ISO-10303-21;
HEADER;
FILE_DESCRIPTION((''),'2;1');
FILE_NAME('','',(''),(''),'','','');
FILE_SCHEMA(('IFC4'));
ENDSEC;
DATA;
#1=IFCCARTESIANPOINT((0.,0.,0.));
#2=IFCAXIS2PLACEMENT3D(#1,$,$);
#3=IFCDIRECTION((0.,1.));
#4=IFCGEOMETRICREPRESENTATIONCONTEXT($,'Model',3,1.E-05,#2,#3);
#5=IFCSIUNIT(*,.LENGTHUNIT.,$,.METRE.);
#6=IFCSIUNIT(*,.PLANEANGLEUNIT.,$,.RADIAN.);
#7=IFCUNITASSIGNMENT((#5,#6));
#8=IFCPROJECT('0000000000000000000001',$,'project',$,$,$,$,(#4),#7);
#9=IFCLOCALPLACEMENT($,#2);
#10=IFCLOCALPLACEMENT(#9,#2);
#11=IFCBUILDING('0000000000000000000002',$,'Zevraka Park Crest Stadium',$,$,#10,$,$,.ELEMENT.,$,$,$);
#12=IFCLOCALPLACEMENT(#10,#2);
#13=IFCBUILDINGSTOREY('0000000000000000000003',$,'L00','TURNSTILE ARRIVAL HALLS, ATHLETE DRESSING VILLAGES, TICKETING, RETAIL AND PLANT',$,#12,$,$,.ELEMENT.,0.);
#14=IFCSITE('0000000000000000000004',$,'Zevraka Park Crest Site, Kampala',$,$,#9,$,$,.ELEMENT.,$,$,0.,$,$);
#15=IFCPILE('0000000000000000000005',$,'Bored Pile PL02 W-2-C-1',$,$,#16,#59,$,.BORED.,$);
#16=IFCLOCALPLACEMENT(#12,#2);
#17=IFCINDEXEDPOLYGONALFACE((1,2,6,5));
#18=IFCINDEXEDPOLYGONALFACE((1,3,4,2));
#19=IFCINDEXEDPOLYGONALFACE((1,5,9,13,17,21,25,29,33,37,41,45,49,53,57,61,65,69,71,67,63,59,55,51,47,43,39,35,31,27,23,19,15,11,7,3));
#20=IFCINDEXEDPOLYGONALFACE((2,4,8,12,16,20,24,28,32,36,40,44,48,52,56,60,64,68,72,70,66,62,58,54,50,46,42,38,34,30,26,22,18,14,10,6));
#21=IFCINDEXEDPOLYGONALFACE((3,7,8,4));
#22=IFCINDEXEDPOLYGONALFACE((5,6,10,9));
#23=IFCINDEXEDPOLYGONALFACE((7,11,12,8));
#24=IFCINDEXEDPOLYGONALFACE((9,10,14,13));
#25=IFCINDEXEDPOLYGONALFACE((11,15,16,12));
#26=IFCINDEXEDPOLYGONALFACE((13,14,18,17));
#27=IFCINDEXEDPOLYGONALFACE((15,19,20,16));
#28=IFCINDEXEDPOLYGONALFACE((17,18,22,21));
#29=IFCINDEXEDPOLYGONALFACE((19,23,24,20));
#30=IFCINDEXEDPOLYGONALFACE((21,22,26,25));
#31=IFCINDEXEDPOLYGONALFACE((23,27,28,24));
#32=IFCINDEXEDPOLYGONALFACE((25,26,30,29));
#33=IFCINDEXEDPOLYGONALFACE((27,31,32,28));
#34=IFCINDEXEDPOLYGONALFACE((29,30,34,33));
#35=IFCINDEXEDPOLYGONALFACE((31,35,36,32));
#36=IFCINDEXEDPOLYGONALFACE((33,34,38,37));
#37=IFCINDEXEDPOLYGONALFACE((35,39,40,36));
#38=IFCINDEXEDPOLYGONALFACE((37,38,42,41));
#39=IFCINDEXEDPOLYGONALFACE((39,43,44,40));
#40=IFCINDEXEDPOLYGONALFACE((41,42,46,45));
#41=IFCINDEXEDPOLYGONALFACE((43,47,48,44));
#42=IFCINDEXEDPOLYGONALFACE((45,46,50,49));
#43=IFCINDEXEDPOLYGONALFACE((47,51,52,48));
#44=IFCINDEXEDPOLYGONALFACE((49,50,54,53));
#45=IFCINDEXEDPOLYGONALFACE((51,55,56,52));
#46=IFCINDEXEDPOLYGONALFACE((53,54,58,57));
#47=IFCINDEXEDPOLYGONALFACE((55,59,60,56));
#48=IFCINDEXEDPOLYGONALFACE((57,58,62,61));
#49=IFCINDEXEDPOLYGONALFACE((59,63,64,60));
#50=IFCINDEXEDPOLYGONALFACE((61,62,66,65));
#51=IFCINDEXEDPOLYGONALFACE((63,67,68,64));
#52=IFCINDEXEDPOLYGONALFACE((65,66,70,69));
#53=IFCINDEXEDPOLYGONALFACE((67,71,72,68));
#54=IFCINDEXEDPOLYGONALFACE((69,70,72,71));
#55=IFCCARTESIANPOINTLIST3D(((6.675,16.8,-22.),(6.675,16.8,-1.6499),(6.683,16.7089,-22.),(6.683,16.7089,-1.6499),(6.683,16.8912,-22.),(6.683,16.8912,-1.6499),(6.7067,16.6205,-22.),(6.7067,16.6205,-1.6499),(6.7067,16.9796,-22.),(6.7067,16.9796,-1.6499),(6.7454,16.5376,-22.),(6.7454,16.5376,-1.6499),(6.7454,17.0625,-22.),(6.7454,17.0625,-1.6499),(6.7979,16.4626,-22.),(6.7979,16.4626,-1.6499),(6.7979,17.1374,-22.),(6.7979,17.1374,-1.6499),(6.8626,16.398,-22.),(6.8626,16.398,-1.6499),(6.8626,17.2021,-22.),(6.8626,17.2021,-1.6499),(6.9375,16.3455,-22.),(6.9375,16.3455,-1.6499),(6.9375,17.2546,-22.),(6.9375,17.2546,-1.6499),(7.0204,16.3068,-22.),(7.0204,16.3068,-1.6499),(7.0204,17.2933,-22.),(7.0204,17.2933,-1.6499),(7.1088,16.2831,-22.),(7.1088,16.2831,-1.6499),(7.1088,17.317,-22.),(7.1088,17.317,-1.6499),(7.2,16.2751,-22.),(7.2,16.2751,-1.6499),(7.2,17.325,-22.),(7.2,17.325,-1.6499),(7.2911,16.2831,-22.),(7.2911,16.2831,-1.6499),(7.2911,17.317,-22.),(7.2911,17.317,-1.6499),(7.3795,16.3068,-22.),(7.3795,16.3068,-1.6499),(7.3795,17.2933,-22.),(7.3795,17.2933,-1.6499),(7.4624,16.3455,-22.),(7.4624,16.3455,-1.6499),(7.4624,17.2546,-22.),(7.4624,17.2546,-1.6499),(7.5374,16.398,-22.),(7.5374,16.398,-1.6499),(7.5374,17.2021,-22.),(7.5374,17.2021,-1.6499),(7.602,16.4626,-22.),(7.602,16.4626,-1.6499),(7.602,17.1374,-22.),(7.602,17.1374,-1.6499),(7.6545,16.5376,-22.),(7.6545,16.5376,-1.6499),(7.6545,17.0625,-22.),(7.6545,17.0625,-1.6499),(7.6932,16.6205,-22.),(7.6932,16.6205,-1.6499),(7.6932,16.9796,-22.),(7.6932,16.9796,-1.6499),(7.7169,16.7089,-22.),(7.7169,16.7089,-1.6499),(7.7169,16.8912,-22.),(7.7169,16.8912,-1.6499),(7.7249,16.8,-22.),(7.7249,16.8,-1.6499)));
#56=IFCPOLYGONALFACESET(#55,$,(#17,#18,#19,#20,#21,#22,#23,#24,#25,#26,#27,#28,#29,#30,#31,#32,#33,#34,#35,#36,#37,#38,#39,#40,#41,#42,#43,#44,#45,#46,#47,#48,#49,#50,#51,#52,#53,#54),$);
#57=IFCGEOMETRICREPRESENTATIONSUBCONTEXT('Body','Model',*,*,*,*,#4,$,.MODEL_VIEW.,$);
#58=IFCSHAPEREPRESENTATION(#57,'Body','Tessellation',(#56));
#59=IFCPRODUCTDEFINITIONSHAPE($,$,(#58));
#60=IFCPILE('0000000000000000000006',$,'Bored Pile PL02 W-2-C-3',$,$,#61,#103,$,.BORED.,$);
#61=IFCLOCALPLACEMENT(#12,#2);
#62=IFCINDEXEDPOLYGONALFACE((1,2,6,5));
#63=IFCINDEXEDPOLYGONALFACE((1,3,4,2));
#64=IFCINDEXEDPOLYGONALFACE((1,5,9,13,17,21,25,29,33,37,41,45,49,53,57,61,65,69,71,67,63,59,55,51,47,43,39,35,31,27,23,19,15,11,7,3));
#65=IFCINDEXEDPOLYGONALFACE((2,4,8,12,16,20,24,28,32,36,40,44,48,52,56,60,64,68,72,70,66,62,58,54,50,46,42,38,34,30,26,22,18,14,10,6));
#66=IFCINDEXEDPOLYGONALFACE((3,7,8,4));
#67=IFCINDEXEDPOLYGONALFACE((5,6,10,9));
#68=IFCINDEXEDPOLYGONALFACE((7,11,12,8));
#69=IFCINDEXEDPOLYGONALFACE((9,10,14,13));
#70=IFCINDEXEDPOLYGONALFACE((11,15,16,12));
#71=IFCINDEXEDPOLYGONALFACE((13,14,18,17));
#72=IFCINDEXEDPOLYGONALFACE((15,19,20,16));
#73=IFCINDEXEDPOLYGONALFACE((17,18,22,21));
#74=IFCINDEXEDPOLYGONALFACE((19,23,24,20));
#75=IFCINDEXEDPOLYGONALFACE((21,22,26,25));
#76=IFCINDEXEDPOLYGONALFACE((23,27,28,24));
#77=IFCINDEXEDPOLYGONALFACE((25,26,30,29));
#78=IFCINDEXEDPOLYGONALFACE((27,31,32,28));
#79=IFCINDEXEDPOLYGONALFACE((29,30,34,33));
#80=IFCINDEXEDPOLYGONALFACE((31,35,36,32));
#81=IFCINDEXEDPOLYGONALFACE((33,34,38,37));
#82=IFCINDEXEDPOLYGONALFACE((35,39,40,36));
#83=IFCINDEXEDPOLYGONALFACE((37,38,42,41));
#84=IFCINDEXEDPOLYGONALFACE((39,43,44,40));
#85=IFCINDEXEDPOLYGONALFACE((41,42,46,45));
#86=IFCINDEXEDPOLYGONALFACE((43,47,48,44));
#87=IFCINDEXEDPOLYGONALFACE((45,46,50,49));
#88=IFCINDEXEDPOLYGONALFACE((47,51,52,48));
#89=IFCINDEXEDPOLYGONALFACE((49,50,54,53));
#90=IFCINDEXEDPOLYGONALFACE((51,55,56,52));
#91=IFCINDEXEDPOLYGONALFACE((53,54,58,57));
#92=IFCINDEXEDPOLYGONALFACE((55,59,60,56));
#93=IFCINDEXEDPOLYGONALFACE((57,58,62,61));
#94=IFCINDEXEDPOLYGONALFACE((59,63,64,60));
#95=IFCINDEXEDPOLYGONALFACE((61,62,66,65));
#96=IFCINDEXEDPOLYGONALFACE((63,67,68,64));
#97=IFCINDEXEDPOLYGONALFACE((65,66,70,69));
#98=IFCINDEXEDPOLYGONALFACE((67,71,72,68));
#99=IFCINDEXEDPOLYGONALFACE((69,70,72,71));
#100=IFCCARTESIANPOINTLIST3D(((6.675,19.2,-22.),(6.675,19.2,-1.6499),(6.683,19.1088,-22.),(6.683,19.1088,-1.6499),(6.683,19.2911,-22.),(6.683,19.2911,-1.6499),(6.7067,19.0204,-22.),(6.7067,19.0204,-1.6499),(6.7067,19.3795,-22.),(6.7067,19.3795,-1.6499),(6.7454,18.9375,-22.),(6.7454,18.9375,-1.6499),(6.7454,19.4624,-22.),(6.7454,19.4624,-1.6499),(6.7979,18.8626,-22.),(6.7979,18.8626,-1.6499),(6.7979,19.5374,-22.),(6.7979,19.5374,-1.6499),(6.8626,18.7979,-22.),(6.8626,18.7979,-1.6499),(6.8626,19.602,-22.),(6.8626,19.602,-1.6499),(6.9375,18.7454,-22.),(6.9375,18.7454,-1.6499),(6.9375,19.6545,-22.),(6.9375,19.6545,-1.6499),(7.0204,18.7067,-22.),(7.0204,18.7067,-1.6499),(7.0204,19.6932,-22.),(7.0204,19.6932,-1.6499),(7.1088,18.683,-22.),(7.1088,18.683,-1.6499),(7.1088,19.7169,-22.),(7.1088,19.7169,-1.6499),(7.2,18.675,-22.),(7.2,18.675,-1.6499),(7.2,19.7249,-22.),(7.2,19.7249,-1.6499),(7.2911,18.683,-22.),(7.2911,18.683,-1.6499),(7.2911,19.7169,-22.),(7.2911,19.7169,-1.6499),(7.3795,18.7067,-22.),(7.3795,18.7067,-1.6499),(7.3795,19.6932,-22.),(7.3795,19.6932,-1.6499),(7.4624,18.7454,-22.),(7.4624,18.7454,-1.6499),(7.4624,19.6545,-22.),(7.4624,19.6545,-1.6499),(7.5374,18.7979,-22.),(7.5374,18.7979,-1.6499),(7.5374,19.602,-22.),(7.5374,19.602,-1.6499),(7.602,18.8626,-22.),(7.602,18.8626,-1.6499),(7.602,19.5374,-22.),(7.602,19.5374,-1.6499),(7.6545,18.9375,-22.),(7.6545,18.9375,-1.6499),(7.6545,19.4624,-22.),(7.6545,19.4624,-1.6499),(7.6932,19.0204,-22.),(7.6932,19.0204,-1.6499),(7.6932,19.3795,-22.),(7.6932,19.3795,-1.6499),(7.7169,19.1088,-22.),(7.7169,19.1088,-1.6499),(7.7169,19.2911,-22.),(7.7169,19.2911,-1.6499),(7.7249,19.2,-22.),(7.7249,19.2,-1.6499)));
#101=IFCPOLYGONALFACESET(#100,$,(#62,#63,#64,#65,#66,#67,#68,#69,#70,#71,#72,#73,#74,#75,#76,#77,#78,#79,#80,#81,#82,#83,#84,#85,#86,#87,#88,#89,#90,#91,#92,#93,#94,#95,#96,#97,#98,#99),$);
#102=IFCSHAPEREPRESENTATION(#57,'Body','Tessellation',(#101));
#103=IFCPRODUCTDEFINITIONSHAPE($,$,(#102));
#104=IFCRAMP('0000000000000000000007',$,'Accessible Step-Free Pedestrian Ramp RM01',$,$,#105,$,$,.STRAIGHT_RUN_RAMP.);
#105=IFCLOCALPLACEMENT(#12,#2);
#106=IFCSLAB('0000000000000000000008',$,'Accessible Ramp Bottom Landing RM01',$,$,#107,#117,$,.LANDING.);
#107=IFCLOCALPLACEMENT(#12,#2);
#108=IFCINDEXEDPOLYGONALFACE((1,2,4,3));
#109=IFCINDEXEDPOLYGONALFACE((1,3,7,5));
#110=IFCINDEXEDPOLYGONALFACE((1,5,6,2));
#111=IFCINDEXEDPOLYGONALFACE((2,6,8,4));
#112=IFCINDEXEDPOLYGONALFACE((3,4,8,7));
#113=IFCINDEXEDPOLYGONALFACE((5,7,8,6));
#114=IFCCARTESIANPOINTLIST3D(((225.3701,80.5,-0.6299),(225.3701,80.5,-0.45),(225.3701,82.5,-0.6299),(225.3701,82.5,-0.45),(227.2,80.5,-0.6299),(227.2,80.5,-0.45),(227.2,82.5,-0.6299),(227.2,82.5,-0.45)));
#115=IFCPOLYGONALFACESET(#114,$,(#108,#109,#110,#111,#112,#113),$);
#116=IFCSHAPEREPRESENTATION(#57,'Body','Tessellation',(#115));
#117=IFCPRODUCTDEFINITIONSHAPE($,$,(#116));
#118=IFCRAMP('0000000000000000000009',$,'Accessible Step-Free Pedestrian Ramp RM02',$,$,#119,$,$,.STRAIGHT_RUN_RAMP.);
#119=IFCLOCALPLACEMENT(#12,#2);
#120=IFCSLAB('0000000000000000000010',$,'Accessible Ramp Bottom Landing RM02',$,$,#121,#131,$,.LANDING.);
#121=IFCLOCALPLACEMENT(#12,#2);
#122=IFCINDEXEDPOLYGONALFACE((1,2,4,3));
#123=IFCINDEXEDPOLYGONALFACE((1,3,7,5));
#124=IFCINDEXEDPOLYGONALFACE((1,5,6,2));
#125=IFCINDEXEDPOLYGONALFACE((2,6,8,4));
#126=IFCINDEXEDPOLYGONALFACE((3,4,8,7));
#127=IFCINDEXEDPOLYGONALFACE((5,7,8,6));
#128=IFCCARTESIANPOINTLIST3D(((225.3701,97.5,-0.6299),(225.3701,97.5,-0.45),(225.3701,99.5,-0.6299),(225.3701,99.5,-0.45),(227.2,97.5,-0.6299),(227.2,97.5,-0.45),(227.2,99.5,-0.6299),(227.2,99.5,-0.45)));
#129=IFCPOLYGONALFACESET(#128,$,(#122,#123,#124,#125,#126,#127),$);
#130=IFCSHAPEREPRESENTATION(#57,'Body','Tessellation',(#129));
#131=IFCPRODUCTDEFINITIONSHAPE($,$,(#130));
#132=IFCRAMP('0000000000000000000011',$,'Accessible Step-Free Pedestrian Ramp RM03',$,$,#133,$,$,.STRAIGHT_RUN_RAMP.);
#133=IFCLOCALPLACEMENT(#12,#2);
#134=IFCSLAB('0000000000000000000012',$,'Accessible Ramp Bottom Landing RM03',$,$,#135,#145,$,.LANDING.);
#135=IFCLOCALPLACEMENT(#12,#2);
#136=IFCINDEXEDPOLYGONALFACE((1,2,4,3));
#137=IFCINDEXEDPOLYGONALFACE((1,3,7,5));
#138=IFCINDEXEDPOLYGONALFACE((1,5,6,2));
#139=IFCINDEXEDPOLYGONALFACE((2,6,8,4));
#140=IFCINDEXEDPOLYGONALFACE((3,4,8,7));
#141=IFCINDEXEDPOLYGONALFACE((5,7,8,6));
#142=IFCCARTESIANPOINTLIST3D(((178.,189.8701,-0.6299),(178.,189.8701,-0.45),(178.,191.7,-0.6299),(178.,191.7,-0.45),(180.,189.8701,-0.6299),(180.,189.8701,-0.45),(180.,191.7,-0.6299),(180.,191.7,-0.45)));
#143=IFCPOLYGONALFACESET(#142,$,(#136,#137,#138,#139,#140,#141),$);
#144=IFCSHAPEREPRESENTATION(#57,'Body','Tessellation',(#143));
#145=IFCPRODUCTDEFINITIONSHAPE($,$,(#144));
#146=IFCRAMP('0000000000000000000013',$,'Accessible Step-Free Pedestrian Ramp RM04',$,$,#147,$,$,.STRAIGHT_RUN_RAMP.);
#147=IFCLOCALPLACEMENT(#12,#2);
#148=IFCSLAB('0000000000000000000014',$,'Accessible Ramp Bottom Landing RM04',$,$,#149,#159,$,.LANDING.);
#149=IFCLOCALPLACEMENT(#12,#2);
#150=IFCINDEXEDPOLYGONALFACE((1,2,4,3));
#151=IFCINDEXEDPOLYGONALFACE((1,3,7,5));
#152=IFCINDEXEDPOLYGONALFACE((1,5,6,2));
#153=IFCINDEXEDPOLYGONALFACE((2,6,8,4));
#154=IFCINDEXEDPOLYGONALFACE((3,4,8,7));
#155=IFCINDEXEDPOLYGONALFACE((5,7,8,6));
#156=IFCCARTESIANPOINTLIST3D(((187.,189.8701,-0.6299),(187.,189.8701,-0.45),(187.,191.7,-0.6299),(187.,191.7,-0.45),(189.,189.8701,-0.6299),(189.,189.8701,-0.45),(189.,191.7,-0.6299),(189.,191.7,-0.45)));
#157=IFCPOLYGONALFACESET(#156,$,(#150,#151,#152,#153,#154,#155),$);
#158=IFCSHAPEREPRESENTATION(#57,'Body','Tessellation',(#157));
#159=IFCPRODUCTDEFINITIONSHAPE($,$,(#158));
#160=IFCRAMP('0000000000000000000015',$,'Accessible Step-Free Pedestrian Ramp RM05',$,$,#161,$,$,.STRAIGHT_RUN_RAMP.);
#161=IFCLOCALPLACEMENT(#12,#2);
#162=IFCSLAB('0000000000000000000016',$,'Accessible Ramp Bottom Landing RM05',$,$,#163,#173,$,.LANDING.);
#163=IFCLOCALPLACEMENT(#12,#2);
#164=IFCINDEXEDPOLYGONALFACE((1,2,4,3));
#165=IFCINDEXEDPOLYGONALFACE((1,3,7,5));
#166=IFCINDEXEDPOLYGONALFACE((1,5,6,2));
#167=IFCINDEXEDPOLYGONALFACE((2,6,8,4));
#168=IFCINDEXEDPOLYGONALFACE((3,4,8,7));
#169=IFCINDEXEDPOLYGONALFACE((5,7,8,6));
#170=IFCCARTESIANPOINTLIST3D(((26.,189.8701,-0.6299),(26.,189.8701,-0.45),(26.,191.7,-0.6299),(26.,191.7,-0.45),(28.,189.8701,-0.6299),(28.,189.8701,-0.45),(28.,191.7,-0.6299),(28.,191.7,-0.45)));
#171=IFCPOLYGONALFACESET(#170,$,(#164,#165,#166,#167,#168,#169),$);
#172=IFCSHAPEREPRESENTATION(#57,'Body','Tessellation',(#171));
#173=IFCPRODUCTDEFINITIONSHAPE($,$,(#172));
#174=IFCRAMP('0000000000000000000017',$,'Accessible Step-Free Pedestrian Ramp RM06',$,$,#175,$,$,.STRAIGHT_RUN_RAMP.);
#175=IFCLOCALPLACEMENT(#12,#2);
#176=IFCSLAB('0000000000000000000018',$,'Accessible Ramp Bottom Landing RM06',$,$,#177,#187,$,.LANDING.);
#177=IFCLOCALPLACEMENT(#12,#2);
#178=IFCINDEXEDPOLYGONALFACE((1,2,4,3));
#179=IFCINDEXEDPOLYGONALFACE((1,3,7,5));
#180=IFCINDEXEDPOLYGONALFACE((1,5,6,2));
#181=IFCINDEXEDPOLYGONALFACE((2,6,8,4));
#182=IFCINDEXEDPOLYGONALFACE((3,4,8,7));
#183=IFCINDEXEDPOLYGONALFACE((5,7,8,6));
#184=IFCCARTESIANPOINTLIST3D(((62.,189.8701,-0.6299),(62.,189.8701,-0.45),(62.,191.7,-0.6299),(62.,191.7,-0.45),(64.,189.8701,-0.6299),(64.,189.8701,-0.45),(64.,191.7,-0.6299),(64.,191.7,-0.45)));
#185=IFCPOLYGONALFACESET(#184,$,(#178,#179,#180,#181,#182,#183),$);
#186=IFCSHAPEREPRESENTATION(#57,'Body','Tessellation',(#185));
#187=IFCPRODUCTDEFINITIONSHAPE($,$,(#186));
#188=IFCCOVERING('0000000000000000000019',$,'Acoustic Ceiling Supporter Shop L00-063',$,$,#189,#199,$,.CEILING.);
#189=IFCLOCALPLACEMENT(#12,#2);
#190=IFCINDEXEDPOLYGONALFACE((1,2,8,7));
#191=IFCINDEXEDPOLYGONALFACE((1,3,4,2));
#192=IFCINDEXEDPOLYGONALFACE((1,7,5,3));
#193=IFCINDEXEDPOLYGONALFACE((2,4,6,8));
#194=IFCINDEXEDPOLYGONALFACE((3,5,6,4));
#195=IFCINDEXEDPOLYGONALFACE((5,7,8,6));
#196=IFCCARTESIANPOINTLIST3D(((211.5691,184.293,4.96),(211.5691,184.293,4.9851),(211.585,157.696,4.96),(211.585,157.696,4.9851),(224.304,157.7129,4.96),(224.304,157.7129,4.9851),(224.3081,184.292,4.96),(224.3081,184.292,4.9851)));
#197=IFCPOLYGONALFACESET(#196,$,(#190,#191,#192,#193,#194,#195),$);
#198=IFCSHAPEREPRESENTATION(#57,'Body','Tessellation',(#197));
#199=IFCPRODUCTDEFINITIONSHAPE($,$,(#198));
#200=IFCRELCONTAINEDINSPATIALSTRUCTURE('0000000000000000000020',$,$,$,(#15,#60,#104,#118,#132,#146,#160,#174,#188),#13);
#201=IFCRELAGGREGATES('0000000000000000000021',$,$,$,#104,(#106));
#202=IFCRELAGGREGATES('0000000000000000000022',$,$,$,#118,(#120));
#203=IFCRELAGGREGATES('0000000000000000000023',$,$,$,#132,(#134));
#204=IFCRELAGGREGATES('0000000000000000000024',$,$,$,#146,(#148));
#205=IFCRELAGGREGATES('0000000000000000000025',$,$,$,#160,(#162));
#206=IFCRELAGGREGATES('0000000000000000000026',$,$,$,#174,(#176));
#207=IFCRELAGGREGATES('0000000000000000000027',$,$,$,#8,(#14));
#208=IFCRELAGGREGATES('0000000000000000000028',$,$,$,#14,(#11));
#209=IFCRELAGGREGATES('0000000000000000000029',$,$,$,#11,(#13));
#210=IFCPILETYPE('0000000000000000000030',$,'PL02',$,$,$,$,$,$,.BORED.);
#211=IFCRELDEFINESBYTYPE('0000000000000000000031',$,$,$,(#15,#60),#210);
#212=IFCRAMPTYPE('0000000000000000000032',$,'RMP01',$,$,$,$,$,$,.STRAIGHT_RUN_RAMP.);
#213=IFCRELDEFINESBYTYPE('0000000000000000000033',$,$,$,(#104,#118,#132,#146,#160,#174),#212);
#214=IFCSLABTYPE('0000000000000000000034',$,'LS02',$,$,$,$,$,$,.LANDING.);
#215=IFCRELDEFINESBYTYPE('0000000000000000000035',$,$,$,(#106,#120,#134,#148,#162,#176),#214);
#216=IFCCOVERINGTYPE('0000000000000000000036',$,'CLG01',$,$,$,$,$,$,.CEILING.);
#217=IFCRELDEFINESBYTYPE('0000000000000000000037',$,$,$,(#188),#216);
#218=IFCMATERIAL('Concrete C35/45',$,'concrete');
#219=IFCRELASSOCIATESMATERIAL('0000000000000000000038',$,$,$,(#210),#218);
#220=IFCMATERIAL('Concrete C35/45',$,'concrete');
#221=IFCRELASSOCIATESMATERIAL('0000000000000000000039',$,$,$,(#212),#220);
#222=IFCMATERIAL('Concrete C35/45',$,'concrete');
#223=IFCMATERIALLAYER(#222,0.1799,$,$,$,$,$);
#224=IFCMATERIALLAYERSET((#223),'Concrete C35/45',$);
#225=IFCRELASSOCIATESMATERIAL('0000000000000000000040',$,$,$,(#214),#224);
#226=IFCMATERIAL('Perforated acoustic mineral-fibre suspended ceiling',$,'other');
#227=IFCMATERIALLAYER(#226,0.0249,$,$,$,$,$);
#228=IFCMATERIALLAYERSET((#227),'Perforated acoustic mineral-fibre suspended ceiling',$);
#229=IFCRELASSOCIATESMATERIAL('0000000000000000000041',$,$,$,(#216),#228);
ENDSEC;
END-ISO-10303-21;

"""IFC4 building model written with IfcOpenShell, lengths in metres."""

from ifc_helpers import new_model, si_unit, direction, frame, origin, origin_2d, place, context, subcontext, project, spatial, polyline, circle, outline, extrude, material, layer, layer_set, material_profile, profile_set, type_object, element, aggregate, save


model = new_model("IFC4")

# Units and contexts
model_context = context("Model", 3, precision=1e-05, world=origin(), true_north=direction((0.0, 1.0)))
body_context = subcontext(model_context, "Body", "Model", "MODEL_VIEW")
ifc_project = project(units=[si_unit("LENGTHUNIT", "METRE"), si_unit("PLANEANGLEUNIT", "RADIAN")], contexts=[model_context])

# Site, building, storey
site_placement = place(None, origin())
site = spatial("IfcSite", under=ifc_project, at=site_placement, Name="Zevraka Park Crest Site, Kampala", CompositionType="ELEMENT", RefElevation=0.0)
building_placement = place(site_placement, origin())
building = spatial("IfcBuilding", under=site, at=building_placement, Name="Zevraka Park Crest Stadium", CompositionType="ELEMENT")
storey_placement = place(building_placement, origin())
storey = spatial("IfcBuildingStorey", under=building, at=storey_placement, Name="L00", Description="TURNSTILE ARRIVAL HALLS, ATHLETE DRESSING VILLAGES, TICKETING, RETAIL AND PLANT", CompositionType="ELEMENT", Elevation=0.0)

# Piles
ifc_material_1 = material(Name="Concrete C35/45", Category="concrete")
ifc_material_profile_1 = material_profile(ifc_material_1, circle(Radius=0.5249, at=origin_2d()), Name="PILE D1050")
ifc_profile_set_1 = profile_set([ifc_material_profile_1], Name="Concrete C35/45")
pile_type_1 = type_object("IfcPileType", Name="PL02", PredefinedType="BORED", material=ifc_profile_set_1)
for number, where, z_axis, x_axis, name in (
    (1, (7.2, 16.8, -1.6499), (0.0, 0.0, -1.0), (1.0, 0.0, 0.0), "Bored Pile PL02 W-2-C-1"),
    (2, (7.2, 19.2, -1.6499), (0.0, 0.0, -1.0), (1.0, 0.0, 0.0), "Bored Pile PL02 W-2-C-3"),
):
    element("IfcPile", number, at=place(storey_placement, frame(where, z_axis=z_axis, x_axis=x_axis)), inside=storey, type_object=pile_type_1, Name=name, PredefinedType="BORED", context=body_context, shape_type="SweptSolid", body=[
        extrude(circle(Radius=0.5249, at=origin_2d()), origin(), (0.0, 0.0, 1.0), 20.3501),
    ])

# Ramps, slabs
ifc_material_2 = material(Name="Concrete C35/45", Category="concrete")
ramp_type = type_object("IfcRampType", Name="RMP01", PredefinedType="STRAIGHT_RUN_RAMP", material=ifc_material_2)
ramp_1_placement = place(storey_placement, origin())
ramp_1 = element("IfcRamp", 3, at=ramp_1_placement, inside=storey, type_object=ramp_type, Name="Accessible Step-Free Pedestrian Ramp RM01", PredefinedType="STRAIGHT_RUN_RAMP")
ifc_material_3 = material(Name="Concrete C35/45", Category="concrete")
ifc_layer_1 = layer(ifc_material_3, 0.1799)
ifc_layer_set_1 = layer_set([ifc_layer_1], Name="Concrete C35/45")
slab_type = type_object("IfcSlabType", Name="LS02", PredefinedType="LANDING", material=ifc_layer_set_1)
slab_1_placement = place(storey_placement, frame((0.0, 0.0, -0.6299)))
slab_1 = element("IfcSlab", 4, at=slab_1_placement, type_object=slab_type, Name="Accessible Ramp Bottom Landing RM01", PredefinedType="LANDING", context=body_context, shape_type="SweptSolid", body=[
    extrude(outline(polyline([(227.2, 82.5), (225.3701, 82.5), (225.3701, 80.5), (227.2, 80.5), (227.2, 82.5)])), origin(), (0.0, 0.0, 1.0), 0.1799),
])
aggregate(ramp_1, [slab_1])
ramp_2_placement = place(storey_placement, origin())
ramp_2 = element("IfcRamp", 5, at=ramp_2_placement, inside=storey, type_object=ramp_type, Name="Accessible Step-Free Pedestrian Ramp RM02", PredefinedType="STRAIGHT_RUN_RAMP")
slab_2_placement = place(storey_placement, frame((0.0, 0.0, -0.6299)))
slab_2 = element("IfcSlab", 6, at=slab_2_placement, type_object=slab_type, Name="Accessible Ramp Bottom Landing RM02", PredefinedType="LANDING", context=body_context, shape_type="SweptSolid", body=[
    extrude(outline(polyline([(227.2, 99.5), (225.3701, 99.5), (225.3701, 97.5), (227.2, 97.5), (227.2, 99.5)])), origin(), (0.0, 0.0, 1.0), 0.1799),
])
aggregate(ramp_2, [slab_2])
ramp_3_placement = place(storey_placement, origin())
ramp_3 = element("IfcRamp", 7, at=ramp_3_placement, inside=storey, type_object=ramp_type, Name="Accessible Step-Free Pedestrian Ramp RM03", PredefinedType="STRAIGHT_RUN_RAMP")
slab_3_placement = place(storey_placement, frame((0.0, 0.0, -0.6299)))
slab_3 = element("IfcSlab", 8, at=slab_3_placement, type_object=slab_type, Name="Accessible Ramp Bottom Landing RM03", PredefinedType="LANDING", context=body_context, shape_type="SweptSolid", body=[
    extrude(outline(polyline([(178.0, 191.7), (178.0, 189.8701), (180.0, 189.8701), (180.0, 191.7), (178.0, 191.7)])), origin(), (0.0, 0.0, 1.0), 0.1799),
])
aggregate(ramp_3, [slab_3])
ramp_4_placement = place(storey_placement, origin())
ramp_4 = element("IfcRamp", 9, at=ramp_4_placement, inside=storey, type_object=ramp_type, Name="Accessible Step-Free Pedestrian Ramp RM04", PredefinedType="STRAIGHT_RUN_RAMP")
slab_4_placement = place(storey_placement, frame((0.0, 0.0, -0.6299)))
slab_4 = element("IfcSlab", 10, at=slab_4_placement, type_object=slab_type, Name="Accessible Ramp Bottom Landing RM04", PredefinedType="LANDING", context=body_context, shape_type="SweptSolid", body=[
    extrude(outline(polyline([(187.0, 191.7), (187.0, 189.8701), (189.0, 189.8701), (189.0, 191.7), (187.0, 191.7)])), origin(), (0.0, 0.0, 1.0), 0.1799),
])
aggregate(ramp_4, [slab_4])
ramp_5_placement = place(storey_placement, origin())
ramp_5 = element("IfcRamp", 11, at=ramp_5_placement, inside=storey, type_object=ramp_type, Name="Accessible Step-Free Pedestrian Ramp RM05", PredefinedType="STRAIGHT_RUN_RAMP")
slab_5_placement = place(storey_placement, frame((0.0, 0.0, -0.6299)))
slab_5 = element("IfcSlab", 12, at=slab_5_placement, type_object=slab_type, Name="Accessible Ramp Bottom Landing RM05", PredefinedType="LANDING", context=body_context, shape_type="SweptSolid", body=[
    extrude(outline(polyline([(26.0, 191.7), (26.0, 189.8701), (28.0, 189.8701), (28.0, 191.7), (26.0, 191.7)])), origin(), (0.0, 0.0, 1.0), 0.1799),
])
aggregate(ramp_5, [slab_5])
ramp_6_placement = place(storey_placement, origin())
ramp_6 = element("IfcRamp", 13, at=ramp_6_placement, inside=storey, type_object=ramp_type, Name="Accessible Step-Free Pedestrian Ramp RM06", PredefinedType="STRAIGHT_RUN_RAMP")
slab_6_placement = place(storey_placement, frame((0.0, 0.0, -0.6299)))
slab_6 = element("IfcSlab", 14, at=slab_6_placement, type_object=slab_type, Name="Accessible Ramp Bottom Landing RM06", PredefinedType="LANDING", context=body_context, shape_type="SweptSolid", body=[
    extrude(outline(polyline([(62.0, 191.7), (62.0, 189.8701), (64.0, 189.8701), (64.0, 191.7), (62.0, 191.7)])), origin(), (0.0, 0.0, 1.0), 0.1799),
])
aggregate(ramp_6, [slab_6])

# Covering
ifc_material_4 = material(Name="Perforated acoustic mineral-fibre suspended ceiling", Category="other")
ifc_layer_2 = layer(ifc_material_4, 0.0249)
ifc_layer_set_2 = layer_set([ifc_layer_2], Name="Perforated acoustic mineral-fibre suspended ceiling")
covering_type_1 = type_object("IfcCoveringType", Name="CLG01", PredefinedType="CEILING", material=ifc_layer_set_2)
covering_1_placement = place(storey_placement, frame((0.0, 0.0, 4.96)))
element("IfcCovering", 15, at=covering_1_placement, inside=storey, type_object=covering_type_1, Name="Acoustic Ceiling Supporter Shop L00-063", PredefinedType="CEILING", context=body_context, shape_type="SweptSolid", body=[
    extrude(outline(polyline([(224.3081, 184.292), (224.304, 157.7129), (211.585, 157.696), (211.5691, 184.293), (224.3081, 184.292)])), origin(), (0.0, 0.0, 1.0), 0.0251),
])

save(model, "model.ifc")
